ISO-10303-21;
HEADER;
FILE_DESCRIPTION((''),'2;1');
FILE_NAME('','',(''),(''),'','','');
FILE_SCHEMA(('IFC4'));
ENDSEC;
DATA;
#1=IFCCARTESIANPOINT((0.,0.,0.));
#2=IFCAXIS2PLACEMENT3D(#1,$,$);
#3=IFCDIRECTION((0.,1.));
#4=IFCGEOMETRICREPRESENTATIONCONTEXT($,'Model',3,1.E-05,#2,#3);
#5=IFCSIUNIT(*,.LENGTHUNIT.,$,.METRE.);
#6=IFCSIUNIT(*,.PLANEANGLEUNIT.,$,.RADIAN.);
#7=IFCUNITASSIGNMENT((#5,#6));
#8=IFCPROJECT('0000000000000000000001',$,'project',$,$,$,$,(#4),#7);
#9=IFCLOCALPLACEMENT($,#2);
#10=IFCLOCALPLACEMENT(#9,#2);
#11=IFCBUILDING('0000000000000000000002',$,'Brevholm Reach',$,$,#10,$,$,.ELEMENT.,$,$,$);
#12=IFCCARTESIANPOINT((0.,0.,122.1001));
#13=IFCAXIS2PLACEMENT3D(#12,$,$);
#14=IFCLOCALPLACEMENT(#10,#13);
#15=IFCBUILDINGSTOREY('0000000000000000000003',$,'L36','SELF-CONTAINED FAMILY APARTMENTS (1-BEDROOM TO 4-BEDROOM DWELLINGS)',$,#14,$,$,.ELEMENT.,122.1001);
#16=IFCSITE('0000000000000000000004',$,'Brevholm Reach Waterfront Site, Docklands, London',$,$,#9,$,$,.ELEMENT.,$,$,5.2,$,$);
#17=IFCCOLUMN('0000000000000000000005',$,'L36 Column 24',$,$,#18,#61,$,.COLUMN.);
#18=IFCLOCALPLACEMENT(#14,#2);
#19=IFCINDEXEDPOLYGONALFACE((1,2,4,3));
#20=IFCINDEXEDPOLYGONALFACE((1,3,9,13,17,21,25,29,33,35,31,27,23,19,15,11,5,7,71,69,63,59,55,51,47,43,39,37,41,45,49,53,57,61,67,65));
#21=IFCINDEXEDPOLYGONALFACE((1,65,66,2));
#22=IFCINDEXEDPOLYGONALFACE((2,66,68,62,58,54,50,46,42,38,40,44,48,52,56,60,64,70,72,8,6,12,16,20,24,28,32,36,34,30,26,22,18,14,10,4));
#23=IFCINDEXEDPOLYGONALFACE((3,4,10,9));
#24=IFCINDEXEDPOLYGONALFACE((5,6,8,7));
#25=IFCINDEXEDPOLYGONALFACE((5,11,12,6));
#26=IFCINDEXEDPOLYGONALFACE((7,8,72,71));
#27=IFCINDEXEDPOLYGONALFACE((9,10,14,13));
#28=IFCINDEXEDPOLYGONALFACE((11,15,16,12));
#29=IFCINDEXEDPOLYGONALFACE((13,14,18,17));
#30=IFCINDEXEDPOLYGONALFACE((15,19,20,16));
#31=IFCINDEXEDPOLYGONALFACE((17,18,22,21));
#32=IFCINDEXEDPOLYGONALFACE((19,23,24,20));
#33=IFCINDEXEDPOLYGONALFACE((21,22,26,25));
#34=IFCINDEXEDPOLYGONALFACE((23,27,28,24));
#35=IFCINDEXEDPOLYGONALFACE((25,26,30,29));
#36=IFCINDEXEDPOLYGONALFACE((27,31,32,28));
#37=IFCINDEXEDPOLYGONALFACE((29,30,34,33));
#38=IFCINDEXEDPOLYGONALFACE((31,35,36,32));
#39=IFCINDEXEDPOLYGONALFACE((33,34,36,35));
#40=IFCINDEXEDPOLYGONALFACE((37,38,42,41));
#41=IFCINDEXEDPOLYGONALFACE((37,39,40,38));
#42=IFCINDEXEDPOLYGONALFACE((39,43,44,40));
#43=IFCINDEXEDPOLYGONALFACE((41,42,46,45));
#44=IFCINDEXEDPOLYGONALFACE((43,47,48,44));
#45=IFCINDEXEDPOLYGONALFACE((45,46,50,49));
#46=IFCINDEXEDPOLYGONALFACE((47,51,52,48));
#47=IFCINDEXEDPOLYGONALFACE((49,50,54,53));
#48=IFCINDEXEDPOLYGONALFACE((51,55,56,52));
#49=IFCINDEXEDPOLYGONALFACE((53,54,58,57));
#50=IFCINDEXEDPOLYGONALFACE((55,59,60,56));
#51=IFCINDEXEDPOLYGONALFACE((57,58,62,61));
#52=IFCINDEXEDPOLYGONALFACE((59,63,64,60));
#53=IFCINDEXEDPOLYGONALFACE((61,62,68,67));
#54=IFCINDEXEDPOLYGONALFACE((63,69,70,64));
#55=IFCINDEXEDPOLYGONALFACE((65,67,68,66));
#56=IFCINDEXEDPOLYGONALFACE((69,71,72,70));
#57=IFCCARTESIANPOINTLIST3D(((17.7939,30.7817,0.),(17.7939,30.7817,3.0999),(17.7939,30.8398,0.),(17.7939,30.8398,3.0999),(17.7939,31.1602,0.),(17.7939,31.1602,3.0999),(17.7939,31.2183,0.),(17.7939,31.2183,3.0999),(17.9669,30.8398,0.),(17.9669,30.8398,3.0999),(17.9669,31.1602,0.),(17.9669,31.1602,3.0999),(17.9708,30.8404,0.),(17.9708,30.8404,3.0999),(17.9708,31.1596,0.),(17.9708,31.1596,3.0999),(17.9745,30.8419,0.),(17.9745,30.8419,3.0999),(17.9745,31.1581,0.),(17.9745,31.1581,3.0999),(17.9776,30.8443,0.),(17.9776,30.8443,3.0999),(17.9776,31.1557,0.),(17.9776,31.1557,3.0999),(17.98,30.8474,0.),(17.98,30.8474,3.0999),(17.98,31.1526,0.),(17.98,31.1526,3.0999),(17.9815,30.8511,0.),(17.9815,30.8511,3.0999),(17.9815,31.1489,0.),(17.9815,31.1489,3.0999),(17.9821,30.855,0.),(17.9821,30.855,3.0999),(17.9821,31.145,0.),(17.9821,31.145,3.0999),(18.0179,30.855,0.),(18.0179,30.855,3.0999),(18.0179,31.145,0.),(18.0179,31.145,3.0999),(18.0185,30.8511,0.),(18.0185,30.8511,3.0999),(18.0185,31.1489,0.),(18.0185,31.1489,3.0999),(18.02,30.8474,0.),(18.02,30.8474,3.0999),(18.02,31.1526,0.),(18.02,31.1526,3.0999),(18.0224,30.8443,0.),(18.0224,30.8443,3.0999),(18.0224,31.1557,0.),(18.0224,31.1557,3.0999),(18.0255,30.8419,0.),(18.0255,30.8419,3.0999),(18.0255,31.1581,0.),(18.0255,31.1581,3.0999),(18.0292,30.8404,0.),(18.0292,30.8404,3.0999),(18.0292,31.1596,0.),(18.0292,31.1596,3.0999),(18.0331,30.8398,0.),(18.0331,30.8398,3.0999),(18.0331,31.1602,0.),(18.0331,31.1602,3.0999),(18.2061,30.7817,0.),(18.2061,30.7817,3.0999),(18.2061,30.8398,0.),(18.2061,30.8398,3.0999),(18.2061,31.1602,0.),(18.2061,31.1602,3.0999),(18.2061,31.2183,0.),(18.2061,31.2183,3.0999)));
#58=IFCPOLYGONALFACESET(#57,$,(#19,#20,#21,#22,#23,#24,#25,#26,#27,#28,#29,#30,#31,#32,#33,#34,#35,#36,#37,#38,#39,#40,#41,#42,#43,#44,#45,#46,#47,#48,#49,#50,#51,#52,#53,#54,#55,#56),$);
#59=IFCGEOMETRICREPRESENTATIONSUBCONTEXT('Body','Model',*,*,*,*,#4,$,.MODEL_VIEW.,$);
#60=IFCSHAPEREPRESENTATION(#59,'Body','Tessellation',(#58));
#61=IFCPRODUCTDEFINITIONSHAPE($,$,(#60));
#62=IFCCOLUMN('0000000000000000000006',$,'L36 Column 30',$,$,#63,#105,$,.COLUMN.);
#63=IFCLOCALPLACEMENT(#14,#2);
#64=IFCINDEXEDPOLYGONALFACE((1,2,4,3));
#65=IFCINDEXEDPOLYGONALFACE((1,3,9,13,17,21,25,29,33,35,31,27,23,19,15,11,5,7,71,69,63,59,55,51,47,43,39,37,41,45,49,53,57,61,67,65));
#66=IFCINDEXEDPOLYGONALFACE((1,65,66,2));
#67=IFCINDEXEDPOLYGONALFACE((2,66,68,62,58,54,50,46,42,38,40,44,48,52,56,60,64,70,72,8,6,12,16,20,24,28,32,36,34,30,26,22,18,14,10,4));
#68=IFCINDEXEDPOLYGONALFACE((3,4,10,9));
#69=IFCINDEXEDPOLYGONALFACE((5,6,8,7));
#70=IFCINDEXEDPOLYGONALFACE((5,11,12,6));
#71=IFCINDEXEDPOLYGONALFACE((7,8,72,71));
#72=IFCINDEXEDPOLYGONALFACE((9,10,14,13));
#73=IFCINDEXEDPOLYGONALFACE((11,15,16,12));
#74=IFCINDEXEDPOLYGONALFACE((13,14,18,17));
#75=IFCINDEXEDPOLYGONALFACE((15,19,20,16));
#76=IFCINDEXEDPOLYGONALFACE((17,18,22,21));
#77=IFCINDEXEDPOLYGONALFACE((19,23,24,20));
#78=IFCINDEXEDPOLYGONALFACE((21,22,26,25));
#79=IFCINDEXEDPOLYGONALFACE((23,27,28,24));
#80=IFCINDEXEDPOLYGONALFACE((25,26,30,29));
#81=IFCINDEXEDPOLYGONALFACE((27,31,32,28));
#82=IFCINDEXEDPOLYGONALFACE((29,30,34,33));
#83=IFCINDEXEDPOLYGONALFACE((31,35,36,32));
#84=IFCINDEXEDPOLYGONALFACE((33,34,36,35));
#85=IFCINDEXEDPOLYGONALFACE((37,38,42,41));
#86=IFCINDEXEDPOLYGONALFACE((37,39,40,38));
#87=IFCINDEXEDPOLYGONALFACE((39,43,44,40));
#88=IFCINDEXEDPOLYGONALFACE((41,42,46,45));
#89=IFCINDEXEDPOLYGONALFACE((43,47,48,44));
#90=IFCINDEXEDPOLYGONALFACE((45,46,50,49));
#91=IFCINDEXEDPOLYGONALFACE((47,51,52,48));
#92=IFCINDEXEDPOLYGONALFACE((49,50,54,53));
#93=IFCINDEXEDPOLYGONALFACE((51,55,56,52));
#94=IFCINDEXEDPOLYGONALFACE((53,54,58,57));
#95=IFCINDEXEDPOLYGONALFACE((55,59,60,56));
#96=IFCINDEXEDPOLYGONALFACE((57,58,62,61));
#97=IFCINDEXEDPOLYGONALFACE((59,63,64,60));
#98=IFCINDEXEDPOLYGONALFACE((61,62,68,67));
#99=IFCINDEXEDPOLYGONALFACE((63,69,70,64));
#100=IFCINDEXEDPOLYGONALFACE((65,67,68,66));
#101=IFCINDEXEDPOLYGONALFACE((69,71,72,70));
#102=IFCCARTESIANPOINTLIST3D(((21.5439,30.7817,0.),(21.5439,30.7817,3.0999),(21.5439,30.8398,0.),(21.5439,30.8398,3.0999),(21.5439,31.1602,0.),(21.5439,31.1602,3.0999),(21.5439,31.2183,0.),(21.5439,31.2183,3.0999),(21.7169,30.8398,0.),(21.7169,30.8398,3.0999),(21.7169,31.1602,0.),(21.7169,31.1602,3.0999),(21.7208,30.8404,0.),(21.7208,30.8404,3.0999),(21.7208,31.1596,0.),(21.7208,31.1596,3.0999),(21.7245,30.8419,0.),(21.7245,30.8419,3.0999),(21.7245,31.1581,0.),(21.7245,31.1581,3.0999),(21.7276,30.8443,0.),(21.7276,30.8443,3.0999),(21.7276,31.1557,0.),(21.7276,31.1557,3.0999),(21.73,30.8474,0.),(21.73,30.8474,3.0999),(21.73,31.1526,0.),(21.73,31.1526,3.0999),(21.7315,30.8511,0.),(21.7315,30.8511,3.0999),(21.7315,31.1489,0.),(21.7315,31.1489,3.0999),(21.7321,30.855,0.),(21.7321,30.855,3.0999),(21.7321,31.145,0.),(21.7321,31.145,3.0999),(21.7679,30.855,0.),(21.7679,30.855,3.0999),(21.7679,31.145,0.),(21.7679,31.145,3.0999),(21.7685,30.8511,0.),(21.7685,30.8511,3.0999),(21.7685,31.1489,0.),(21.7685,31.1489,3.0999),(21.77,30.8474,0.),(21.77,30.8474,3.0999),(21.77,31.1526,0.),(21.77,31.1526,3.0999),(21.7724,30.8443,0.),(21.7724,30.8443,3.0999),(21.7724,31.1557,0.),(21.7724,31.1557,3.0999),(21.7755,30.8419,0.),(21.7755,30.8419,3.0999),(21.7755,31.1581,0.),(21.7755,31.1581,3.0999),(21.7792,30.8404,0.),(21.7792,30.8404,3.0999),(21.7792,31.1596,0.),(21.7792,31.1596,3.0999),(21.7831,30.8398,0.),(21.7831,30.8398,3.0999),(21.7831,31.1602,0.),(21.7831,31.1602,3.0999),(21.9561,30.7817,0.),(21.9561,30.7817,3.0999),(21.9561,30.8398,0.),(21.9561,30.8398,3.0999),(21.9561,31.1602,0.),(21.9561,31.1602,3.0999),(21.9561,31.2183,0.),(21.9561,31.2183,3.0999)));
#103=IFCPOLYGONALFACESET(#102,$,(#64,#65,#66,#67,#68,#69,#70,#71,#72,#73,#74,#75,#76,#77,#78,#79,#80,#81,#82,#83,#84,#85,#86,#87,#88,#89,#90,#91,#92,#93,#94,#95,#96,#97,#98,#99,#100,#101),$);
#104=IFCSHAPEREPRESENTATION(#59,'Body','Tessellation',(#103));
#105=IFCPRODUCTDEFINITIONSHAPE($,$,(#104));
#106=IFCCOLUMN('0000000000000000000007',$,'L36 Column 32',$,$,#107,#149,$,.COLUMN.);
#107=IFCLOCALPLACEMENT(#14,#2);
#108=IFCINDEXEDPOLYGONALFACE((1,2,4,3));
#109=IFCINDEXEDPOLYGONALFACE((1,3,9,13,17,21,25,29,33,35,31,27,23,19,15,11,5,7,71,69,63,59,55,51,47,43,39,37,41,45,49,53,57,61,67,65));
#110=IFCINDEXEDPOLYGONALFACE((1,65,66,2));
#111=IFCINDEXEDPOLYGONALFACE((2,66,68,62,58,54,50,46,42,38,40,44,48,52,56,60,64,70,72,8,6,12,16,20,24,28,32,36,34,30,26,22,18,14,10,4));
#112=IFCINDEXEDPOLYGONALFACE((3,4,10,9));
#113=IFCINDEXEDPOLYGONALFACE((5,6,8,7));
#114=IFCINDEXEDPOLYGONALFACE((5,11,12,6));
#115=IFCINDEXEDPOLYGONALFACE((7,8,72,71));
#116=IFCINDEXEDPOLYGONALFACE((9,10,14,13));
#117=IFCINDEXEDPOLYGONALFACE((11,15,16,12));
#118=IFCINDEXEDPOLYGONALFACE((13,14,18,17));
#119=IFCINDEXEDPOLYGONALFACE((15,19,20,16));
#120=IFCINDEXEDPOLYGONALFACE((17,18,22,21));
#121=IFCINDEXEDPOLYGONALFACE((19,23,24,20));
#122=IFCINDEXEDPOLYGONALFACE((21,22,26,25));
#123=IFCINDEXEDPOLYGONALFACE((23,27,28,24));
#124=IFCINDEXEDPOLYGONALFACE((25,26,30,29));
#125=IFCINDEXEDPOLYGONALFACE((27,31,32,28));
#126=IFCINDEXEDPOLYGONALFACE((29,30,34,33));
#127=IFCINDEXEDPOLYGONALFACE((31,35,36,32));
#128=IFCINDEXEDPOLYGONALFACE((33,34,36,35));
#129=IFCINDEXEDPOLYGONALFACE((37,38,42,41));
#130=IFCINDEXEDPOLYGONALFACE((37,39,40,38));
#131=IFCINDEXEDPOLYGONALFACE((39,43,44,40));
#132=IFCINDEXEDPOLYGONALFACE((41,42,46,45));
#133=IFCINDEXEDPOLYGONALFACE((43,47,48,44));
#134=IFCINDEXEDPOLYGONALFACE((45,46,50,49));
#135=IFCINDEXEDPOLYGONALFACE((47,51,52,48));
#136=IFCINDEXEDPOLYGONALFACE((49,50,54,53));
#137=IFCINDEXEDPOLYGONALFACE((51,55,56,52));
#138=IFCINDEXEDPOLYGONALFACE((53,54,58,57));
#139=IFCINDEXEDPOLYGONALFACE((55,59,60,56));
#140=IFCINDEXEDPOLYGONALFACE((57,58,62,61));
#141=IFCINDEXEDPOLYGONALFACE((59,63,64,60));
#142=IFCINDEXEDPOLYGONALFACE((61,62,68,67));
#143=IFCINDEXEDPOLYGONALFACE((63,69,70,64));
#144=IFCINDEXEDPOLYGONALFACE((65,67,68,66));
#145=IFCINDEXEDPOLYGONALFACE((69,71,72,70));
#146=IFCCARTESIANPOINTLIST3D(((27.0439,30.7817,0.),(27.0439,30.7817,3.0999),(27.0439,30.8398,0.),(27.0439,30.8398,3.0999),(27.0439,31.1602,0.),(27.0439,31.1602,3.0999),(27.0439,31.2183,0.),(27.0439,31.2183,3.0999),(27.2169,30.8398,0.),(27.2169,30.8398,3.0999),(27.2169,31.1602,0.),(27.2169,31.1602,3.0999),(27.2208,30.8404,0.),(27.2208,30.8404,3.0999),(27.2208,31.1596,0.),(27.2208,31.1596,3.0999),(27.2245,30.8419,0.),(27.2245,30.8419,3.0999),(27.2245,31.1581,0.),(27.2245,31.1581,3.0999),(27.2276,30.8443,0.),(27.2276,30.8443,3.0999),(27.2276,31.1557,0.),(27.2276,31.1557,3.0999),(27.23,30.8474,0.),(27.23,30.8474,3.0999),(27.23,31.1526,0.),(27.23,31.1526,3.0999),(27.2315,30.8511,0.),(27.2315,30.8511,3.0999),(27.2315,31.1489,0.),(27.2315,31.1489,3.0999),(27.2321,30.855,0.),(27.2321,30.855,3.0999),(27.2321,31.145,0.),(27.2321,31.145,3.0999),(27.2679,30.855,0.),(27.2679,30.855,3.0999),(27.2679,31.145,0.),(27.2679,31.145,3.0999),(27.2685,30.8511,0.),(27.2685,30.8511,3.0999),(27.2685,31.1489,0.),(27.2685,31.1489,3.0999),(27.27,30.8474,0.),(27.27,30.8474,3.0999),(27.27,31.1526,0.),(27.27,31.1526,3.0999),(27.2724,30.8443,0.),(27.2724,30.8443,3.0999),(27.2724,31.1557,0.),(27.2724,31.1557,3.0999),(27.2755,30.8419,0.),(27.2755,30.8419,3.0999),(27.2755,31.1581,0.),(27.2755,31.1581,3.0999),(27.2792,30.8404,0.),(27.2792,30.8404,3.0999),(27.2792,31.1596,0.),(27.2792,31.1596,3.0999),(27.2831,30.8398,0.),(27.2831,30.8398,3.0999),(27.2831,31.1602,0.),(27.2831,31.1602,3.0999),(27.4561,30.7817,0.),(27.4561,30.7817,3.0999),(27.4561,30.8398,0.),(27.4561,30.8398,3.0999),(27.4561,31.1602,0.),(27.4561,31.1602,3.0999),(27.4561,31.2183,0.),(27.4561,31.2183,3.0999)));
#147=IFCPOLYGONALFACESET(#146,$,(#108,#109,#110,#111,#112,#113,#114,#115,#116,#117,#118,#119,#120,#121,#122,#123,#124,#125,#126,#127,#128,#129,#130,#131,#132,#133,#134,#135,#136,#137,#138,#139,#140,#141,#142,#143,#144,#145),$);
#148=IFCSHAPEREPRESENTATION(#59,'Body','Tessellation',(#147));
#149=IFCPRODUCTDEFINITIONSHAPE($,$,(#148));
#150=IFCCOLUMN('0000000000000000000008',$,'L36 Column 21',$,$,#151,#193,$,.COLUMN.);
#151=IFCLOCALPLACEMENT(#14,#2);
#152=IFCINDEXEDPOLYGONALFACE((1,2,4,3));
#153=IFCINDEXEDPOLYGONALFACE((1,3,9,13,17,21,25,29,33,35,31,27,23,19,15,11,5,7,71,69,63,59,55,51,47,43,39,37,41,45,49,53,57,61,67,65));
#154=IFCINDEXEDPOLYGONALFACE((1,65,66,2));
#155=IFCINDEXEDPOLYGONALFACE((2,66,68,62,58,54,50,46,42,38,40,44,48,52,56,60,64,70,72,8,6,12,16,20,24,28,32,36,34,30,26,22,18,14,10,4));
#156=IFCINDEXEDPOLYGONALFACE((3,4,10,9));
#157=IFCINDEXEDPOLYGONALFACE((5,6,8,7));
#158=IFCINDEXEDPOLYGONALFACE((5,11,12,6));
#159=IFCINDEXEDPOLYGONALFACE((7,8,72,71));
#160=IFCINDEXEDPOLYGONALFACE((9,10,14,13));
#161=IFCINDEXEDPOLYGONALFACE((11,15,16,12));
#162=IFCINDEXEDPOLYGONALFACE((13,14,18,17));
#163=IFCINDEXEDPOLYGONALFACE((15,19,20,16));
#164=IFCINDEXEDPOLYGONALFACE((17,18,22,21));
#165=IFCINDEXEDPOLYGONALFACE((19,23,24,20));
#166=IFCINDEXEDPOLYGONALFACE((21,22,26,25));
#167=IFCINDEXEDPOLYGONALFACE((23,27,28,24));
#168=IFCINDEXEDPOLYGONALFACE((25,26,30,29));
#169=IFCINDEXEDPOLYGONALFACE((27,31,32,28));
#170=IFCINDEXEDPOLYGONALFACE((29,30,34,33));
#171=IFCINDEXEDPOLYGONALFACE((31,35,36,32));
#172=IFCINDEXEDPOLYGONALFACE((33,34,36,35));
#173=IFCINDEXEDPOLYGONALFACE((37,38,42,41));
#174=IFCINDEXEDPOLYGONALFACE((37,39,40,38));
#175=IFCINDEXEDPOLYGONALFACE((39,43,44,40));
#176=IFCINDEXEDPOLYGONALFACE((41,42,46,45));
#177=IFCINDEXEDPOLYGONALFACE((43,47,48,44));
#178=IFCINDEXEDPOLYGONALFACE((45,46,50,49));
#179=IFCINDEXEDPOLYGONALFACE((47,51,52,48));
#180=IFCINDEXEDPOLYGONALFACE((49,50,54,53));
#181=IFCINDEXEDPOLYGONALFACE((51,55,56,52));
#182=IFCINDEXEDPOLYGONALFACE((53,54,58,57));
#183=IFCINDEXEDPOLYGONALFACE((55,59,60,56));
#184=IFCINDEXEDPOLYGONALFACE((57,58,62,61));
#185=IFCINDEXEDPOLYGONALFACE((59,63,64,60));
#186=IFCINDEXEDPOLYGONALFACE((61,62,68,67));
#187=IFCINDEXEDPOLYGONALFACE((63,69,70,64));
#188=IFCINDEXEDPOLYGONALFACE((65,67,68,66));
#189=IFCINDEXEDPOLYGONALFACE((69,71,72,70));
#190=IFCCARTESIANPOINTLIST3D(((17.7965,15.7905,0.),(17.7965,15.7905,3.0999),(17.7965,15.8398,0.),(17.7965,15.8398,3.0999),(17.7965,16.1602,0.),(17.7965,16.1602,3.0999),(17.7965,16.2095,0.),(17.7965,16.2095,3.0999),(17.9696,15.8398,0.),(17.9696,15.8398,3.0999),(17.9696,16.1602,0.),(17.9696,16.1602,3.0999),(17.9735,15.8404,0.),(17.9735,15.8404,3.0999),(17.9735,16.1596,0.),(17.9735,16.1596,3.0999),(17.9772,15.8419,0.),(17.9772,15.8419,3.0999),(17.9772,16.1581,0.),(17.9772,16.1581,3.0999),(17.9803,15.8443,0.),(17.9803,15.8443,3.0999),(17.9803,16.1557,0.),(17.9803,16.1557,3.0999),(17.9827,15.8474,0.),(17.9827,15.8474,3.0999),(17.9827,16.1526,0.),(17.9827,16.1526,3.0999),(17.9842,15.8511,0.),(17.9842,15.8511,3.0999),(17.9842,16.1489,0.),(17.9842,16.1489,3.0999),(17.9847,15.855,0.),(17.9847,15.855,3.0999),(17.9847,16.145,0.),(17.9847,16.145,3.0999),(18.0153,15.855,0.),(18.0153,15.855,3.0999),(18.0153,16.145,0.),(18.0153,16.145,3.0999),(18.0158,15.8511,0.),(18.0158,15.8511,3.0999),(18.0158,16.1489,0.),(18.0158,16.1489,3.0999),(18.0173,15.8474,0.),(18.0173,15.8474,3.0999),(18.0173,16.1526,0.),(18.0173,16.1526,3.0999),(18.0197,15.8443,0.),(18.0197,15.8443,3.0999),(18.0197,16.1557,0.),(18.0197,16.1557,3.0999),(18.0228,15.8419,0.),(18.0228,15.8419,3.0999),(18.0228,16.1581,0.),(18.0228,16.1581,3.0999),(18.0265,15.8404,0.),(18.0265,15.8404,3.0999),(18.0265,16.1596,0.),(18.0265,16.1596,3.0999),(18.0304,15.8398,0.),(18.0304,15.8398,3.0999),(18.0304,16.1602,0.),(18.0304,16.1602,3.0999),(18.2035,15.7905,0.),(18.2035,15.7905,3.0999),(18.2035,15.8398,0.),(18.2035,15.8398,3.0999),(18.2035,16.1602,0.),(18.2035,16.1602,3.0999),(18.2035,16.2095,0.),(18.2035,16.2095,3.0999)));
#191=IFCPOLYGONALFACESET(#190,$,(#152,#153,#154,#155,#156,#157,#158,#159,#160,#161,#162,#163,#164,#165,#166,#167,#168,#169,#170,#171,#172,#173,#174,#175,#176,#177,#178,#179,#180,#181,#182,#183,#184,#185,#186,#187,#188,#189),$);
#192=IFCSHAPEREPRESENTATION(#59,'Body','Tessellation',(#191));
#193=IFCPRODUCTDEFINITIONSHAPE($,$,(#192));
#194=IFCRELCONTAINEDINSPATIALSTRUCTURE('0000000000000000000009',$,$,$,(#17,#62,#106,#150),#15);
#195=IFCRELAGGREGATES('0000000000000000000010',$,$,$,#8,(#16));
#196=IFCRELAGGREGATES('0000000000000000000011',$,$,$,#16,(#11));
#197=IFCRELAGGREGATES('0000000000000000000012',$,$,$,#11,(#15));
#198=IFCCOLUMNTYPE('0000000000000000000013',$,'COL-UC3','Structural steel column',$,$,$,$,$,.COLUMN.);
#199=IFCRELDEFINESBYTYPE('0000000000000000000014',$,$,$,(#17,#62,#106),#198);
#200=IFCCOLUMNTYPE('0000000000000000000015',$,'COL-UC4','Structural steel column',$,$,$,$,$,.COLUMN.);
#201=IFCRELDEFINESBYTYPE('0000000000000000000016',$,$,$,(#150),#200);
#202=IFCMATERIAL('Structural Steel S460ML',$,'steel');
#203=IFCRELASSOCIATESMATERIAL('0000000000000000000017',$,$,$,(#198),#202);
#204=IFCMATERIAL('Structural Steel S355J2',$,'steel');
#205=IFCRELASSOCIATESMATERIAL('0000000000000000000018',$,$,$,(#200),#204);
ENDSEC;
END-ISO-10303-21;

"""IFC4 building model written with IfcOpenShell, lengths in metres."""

from ifc_helpers import new_model, si_unit, direction, frame, origin, origin_2d, place, context, subcontext, project, spatial, i_section, extrude, material, material_profile, profile_set, type_object, element, save


model = new_model("IFC4")

# Units and contexts
model_context = context("Model", 3, precision=1e-05, world=origin(), true_north=direction((0.0, 1.0)))
body_context = subcontext(model_context, "Body", "Model", "MODEL_VIEW")
ifc_project = project(units=[si_unit("LENGTHUNIT", "METRE"), si_unit("PLANEANGLEUNIT", "RADIAN")], contexts=[model_context])

# Site, building, storey
site_placement = place(None, origin())
site = spatial("IfcSite", under=ifc_project, at=site_placement, Name="Brevholm Reach Waterfront Site, Docklands, London", CompositionType="ELEMENT", RefElevation=5.2)
building_placement = place(site_placement, origin())
building = spatial("IfcBuilding", under=site, at=building_placement, Name="Brevholm Reach", CompositionType="ELEMENT")
storey_placement = place(building_placement, frame((0.0, 0.0, 122.1001)))
storey = spatial("IfcBuildingStorey", under=building, at=storey_placement, Name="L36", Description="SELF-CONTAINED FAMILY APARTMENTS (1-BEDROOM TO 4-BEDROOM DWELLINGS)", CompositionType="ELEMENT", Elevation=122.1001)

# Columns
ifc_material_1 = material(Name="Structural Steel S460ML", Category="steel")
ifc_material_profile_1 = material_profile(ifc_material_1, i_section(OverallWidth=0.4121, OverallDepth=0.4365, WebThickness=0.0359, FlangeThickness=0.0581, FilletRadius=0.0151, at=origin_2d()), Name="UKC 356x406x467")
ifc_profile_set_1 = profile_set([ifc_material_profile_1], Name="Structural Steel S460ML")
column_type_1 = type_object("IfcColumnType", Name="COL-UC3", Description="Structural steel column", PredefinedType="COLUMN", material=ifc_profile_set_1)
for number, where, z_axis, x_axis, name in (
    (1, (18.0, 31.0, 0.0), (0.0, 0.0, 1.0), (1.0, 0.0, 0.0), "L36 Column 24"),
    (2, (21.75, 31.0, 0.0), (0.0, 0.0, 1.0), (1.0, 0.0, 0.0), "L36 Column 30"),
    (3, (27.25, 31.0, 0.0), (0.0, 0.0, 1.0), (1.0, 0.0, 0.0), "L36 Column 32"),
):
    element("IfcColumn", number, at=place(storey_placement, frame(where, z_axis=z_axis, x_axis=x_axis)), inside=storey, type_object=column_type_1, Name=name, PredefinedType="COLUMN", context=body_context, shape_type="SweptSolid", body=[
        extrude(i_section(OverallWidth=0.4121, OverallDepth=0.4365, WebThickness=0.0359, FlangeThickness=0.0581, FilletRadius=0.0151, at=origin_2d()), origin(), (0.0, 0.0, 1.0), 3.0999),
    ])
ifc_material_2 = material(Name="Structural Steel S355J2", Category="steel")
ifc_material_profile_2 = material_profile(ifc_material_2, i_section(OverallWidth=0.407, OverallDepth=0.4189, WebThickness=0.0305, FlangeThickness=0.0493, FilletRadius=0.0151, at=origin_2d()), Name="UKC 356x406x393")
ifc_profile_set_2 = profile_set([ifc_material_profile_2], Name="Structural Steel S355J2")
column_type_2 = type_object("IfcColumnType", Name="COL-UC4", Description="Structural steel column", PredefinedType="COLUMN", material=ifc_profile_set_2)
for number, where, z_axis, x_axis, name in (
    (4, (18.0, 16.0, 0.0), (0.0, 0.0, 1.0), (1.0, 0.0, 0.0), "L36 Column 21"),
):
    element("IfcColumn", number, at=place(storey_placement, frame(where, z_axis=z_axis, x_axis=x_axis)), inside=storey, type_object=column_type_2, Name=name, PredefinedType="COLUMN", context=body_context, shape_type="SweptSolid", body=[
        extrude(i_section(OverallWidth=0.407, OverallDepth=0.4189, WebThickness=0.0305, FlangeThickness=0.0493, FilletRadius=0.0151, at=origin_2d()), origin(), (0.0, 0.0, 1.0), 3.0999),
    ])

save(model, "model.ifc")
